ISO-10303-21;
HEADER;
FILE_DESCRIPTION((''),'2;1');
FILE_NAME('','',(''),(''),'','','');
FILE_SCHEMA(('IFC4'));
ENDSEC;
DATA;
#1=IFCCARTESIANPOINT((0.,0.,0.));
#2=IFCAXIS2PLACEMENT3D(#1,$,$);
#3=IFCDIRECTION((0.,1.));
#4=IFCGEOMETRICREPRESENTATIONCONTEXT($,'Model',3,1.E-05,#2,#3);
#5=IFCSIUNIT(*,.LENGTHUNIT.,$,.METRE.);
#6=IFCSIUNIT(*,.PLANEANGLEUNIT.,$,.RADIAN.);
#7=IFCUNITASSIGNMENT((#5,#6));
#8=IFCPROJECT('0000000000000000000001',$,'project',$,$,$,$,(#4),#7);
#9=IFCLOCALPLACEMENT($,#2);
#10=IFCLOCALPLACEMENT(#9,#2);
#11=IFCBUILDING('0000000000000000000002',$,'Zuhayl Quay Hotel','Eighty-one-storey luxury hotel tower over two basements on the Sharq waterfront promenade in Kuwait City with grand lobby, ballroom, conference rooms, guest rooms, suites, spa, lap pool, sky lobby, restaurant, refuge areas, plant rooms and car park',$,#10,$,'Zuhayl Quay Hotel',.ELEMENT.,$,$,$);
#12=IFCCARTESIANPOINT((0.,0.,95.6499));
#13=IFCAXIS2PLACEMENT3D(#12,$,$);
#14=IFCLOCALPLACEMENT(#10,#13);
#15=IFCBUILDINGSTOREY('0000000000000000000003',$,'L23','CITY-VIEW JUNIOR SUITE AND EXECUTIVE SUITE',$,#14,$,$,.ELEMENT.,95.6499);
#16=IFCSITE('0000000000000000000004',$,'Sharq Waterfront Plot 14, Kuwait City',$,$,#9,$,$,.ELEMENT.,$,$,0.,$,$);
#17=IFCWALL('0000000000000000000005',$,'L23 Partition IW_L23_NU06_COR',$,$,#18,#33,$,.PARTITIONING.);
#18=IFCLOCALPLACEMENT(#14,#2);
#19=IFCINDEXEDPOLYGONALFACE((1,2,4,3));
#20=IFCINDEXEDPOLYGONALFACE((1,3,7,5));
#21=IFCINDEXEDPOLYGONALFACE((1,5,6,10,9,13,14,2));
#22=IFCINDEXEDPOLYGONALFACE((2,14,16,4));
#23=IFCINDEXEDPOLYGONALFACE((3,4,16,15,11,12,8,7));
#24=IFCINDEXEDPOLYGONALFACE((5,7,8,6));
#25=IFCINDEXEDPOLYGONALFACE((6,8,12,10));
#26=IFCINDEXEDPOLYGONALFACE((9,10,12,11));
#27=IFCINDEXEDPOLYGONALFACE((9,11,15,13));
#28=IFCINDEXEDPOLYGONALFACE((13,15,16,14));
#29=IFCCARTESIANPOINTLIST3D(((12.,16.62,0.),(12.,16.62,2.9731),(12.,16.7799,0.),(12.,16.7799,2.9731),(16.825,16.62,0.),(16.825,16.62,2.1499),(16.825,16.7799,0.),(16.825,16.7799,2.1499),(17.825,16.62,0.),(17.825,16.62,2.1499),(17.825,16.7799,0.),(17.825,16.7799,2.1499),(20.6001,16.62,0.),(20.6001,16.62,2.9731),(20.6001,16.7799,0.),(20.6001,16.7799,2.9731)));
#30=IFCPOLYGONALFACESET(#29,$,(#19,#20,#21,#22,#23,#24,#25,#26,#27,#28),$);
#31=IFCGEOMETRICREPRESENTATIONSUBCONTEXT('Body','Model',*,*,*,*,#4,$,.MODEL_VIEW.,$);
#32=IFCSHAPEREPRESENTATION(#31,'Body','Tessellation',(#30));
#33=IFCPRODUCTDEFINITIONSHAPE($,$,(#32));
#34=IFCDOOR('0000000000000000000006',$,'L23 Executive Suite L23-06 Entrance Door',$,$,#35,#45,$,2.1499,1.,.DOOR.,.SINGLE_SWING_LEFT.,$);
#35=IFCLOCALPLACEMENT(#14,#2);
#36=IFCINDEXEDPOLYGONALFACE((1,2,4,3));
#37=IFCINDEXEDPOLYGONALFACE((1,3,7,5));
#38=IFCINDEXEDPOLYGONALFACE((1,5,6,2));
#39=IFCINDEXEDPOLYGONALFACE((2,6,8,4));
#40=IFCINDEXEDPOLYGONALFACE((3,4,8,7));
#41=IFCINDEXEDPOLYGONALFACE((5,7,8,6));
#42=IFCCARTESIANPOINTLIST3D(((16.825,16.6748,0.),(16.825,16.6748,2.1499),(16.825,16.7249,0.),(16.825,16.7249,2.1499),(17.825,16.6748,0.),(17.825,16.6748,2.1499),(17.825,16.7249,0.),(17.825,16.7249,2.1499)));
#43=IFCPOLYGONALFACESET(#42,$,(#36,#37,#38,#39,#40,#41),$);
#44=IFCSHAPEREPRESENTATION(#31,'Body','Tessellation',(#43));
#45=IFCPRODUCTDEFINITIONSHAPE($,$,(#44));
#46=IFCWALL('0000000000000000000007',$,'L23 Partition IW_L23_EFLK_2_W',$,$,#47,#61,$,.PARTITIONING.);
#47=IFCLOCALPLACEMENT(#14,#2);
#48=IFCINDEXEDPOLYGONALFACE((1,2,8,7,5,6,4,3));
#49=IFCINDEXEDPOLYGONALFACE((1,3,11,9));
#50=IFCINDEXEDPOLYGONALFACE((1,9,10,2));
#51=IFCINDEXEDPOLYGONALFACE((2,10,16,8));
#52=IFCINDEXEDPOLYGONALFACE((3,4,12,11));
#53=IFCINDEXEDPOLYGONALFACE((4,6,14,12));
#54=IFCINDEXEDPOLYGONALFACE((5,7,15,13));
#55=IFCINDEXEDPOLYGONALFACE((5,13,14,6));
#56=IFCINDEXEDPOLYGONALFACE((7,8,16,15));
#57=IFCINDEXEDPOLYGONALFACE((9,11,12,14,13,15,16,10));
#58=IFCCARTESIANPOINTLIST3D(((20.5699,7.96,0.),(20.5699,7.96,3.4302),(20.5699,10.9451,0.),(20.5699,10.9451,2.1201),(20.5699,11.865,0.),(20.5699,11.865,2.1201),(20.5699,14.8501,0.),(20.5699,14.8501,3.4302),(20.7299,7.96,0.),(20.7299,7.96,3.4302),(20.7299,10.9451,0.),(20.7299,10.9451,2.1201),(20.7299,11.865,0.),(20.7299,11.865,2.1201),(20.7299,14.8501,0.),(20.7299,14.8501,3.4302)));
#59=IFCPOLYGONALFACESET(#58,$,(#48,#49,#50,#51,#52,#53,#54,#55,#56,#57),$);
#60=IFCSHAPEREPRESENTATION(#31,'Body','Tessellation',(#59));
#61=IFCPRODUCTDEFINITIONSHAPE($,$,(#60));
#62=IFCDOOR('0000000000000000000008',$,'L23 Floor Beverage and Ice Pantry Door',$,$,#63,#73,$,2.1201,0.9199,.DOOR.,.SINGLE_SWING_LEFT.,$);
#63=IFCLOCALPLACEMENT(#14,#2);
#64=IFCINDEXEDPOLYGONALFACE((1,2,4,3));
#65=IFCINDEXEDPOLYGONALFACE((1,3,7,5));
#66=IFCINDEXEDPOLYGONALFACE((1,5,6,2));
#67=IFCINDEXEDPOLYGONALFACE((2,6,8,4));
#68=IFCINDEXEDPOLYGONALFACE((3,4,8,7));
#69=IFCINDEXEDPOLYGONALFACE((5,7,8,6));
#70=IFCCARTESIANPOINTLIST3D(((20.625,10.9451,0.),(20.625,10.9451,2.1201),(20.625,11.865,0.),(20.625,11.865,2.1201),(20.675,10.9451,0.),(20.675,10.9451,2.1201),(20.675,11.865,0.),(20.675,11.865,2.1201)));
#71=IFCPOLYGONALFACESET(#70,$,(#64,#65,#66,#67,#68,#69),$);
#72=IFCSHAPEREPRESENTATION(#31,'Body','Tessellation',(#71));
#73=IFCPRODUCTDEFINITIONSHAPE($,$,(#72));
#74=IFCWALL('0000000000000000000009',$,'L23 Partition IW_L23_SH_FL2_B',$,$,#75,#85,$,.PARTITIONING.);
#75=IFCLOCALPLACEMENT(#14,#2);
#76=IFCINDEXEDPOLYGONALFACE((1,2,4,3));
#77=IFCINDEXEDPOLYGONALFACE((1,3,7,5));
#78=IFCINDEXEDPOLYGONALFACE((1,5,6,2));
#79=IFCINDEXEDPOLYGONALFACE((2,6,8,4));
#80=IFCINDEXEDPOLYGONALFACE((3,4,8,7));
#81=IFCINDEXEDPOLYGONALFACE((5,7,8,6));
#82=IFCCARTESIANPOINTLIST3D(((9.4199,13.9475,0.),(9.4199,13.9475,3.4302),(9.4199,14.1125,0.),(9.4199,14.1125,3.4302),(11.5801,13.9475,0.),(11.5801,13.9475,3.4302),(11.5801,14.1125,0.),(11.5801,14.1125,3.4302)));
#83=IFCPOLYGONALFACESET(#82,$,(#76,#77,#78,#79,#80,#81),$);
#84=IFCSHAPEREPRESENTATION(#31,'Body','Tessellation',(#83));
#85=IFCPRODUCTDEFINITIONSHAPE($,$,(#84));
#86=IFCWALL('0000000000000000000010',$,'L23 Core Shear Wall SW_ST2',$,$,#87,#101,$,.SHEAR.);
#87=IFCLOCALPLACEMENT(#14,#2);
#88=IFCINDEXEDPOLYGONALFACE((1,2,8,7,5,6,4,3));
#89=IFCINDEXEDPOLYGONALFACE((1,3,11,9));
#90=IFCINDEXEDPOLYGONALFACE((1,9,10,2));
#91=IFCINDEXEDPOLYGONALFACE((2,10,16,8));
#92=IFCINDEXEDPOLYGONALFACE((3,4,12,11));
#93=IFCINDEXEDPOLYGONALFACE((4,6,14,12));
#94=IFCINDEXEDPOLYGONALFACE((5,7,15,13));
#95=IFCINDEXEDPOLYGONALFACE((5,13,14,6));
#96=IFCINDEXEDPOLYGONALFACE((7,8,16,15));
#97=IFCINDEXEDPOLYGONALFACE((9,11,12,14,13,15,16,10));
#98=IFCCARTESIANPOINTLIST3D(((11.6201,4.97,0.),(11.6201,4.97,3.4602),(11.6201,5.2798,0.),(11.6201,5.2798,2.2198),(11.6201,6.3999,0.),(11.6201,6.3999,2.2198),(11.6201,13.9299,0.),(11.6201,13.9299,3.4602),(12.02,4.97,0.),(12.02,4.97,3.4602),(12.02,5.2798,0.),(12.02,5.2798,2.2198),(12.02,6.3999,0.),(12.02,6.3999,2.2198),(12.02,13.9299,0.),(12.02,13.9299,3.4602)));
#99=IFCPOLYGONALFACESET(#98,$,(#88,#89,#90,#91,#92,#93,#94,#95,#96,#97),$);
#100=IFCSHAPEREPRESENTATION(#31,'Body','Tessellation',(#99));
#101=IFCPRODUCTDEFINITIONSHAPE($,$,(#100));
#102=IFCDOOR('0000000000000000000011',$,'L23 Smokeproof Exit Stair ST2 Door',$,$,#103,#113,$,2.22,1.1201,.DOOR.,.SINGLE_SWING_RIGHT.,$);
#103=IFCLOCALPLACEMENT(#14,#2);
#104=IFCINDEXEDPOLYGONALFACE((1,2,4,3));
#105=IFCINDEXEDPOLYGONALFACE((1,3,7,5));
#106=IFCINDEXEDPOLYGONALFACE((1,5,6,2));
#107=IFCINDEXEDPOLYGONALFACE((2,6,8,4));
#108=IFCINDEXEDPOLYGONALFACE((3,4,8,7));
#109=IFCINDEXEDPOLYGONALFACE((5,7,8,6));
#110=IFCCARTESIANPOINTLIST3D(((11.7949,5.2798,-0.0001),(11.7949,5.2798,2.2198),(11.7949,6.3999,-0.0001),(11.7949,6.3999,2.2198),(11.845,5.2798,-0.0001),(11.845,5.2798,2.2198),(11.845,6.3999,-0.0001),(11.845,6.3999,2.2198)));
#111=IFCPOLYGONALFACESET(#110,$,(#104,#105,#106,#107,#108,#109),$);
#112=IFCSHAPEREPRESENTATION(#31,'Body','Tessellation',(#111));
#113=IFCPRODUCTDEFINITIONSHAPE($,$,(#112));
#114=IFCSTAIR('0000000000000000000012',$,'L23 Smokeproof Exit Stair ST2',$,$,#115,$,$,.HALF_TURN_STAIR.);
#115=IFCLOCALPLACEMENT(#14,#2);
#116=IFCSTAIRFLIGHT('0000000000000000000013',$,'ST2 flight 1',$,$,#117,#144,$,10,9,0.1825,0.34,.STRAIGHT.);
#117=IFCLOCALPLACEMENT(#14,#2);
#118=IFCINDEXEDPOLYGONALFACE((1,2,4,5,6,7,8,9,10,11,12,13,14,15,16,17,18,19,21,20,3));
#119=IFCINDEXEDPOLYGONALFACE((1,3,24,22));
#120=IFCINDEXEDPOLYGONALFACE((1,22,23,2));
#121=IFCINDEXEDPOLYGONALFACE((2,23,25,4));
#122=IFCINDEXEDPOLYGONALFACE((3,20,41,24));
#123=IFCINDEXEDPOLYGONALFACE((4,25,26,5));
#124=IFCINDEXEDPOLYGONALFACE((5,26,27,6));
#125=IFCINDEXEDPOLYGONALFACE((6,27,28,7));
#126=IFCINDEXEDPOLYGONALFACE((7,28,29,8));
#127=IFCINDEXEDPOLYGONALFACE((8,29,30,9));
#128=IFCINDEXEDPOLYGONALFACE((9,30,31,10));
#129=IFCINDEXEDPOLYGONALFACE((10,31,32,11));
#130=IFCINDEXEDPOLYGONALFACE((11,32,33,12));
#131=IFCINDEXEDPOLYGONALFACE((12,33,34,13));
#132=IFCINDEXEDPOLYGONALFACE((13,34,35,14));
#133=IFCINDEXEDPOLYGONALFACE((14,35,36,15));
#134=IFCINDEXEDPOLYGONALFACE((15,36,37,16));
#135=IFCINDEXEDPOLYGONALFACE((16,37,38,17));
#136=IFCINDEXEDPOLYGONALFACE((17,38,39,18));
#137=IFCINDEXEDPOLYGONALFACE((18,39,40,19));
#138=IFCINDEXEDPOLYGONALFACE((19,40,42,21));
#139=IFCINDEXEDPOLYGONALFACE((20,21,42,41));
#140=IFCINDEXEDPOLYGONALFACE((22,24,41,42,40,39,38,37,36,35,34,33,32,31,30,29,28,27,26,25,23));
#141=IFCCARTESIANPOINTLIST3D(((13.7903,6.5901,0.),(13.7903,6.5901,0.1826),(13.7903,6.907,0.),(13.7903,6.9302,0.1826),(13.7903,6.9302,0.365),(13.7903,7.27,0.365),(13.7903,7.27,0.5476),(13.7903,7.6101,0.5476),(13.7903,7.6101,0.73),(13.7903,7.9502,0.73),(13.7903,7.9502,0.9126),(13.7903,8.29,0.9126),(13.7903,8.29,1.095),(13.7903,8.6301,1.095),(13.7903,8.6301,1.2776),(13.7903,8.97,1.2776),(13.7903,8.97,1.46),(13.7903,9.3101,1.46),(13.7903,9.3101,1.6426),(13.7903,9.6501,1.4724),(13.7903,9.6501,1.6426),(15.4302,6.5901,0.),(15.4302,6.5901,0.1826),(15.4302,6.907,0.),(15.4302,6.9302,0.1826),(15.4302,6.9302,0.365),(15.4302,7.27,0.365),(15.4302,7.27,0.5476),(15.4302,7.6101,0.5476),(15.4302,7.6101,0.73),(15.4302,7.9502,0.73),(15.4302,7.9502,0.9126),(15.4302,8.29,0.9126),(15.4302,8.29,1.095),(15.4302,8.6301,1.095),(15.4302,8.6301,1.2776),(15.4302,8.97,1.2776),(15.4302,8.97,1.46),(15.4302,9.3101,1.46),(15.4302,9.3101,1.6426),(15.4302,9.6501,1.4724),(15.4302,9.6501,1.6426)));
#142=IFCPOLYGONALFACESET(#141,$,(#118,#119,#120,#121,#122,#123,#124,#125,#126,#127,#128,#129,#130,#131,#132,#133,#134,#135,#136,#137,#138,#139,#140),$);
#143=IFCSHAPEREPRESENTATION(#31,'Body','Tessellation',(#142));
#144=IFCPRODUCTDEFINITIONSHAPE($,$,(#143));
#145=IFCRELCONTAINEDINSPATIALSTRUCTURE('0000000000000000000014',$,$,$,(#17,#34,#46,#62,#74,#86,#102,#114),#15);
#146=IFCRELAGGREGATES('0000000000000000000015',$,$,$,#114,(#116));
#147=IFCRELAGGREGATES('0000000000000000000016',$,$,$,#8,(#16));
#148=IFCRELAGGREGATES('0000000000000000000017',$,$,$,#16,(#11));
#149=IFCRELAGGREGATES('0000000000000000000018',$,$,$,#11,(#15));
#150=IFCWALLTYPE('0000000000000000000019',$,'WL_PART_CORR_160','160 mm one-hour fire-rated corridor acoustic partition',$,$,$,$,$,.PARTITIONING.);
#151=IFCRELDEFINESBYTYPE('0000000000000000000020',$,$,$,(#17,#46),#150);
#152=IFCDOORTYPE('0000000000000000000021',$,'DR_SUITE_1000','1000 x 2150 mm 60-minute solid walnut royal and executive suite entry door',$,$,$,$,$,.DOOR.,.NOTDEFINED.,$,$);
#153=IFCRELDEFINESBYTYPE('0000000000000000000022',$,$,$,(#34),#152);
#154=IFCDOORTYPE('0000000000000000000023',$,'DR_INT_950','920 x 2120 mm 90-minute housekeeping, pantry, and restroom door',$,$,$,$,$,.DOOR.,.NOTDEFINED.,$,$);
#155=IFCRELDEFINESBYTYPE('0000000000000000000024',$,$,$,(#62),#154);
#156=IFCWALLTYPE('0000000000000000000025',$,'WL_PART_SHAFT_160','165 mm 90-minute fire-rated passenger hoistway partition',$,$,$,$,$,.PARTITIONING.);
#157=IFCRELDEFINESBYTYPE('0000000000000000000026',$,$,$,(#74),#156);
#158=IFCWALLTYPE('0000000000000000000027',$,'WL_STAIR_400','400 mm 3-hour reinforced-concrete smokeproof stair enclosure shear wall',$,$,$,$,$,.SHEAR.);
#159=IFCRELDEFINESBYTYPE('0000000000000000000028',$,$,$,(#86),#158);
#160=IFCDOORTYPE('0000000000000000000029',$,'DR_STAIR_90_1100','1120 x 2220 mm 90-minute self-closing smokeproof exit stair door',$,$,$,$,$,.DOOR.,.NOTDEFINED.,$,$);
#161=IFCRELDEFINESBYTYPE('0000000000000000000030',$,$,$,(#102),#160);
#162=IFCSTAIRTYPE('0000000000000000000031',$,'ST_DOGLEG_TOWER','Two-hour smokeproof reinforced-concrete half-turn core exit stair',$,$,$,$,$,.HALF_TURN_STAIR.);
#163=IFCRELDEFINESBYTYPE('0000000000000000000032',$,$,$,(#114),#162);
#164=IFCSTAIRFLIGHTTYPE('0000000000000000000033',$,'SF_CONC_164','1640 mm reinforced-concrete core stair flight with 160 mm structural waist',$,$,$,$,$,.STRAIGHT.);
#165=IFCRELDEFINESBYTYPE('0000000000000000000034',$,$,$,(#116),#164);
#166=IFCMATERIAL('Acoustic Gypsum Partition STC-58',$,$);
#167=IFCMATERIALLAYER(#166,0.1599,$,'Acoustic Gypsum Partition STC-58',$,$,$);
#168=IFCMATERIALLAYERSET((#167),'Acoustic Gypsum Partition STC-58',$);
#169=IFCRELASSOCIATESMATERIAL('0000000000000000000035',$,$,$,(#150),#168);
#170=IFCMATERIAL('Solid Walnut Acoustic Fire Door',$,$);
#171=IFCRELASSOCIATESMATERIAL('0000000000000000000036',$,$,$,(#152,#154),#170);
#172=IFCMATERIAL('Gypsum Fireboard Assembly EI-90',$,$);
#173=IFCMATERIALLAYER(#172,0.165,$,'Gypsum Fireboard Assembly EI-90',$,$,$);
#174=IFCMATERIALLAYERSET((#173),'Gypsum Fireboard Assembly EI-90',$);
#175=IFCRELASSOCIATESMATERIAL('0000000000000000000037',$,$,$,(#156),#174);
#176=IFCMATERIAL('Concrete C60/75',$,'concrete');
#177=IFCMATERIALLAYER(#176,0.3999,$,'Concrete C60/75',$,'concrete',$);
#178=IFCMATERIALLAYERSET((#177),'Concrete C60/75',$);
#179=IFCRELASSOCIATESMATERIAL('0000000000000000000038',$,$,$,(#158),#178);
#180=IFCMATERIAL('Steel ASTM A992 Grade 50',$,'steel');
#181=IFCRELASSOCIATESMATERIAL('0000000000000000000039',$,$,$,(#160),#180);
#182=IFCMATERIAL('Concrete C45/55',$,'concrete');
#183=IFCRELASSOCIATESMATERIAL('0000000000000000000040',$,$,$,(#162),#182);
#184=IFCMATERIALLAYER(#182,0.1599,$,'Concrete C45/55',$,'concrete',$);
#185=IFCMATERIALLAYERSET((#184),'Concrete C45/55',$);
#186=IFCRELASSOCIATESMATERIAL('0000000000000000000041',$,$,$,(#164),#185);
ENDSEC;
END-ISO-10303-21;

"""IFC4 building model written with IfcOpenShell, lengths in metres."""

from ifc_helpers import new_model, si_unit, direction, frame, frame_2d, origin, place, context, subcontext, project, spatial, polyline, rectangle, outline, extrude, material, layer, layer_set, type_object, element, fill, aggregate, save


model = new_model("IFC4")

# Units and contexts
model_context = context("Model", 3, precision=1e-05, world=origin(), true_north=direction((0.0, 1.0)))
body_context = subcontext(model_context, "Body", "Model", "MODEL_VIEW")
ifc_project = project(units=[si_unit("LENGTHUNIT", "METRE"), si_unit("PLANEANGLEUNIT", "RADIAN")], contexts=[model_context])

# Site, building, storey
site_placement = place(None, origin())
site = spatial("IfcSite", under=ifc_project, at=site_placement, Name="Sharq Waterfront Plot 14, Kuwait City", CompositionType="ELEMENT", RefElevation=0.0)
building_placement = place(site_placement, origin())
building = spatial("IfcBuilding", under=site, at=building_placement, Name="Zuhayl Quay Hotel", Description="Eighty-one-storey luxury hotel tower over two basements on the Sharq waterfront promenade in Kuwait City with grand lobby, ballroom, conference rooms, guest rooms, suites, spa, lap pool, sky lobby, restaurant, refuge areas, plant rooms and car park", LongName="Zuhayl Quay Hotel", CompositionType="ELEMENT")
storey_placement = place(building_placement, frame((0.0, 0.0, 95.6499)))
storey = spatial("IfcBuildingStorey", under=building, at=storey_placement, Name="L23", Description="CITY-VIEW JUNIOR SUITE AND EXECUTIVE SUITE", CompositionType="ELEMENT", Elevation=95.6499)

# Shared definitions
ifc_material_1 = material(Name="Concrete C60/75", Category="concrete")

# Shared definitions
ifc_material_2 = material(Name="Acoustic Gypsum Partition STC-58")

# Walls, openings, doors
ifc_layer_1 = layer(ifc_material_2, 0.1599, Name="Acoustic Gypsum Partition STC-58")
ifc_layer_set_1 = layer_set([ifc_layer_1], Name="Acoustic Gypsum Partition STC-58")
wall_type_1 = type_object("IfcWallType", Name="WL_PART_CORR_160", Description="160 mm one-hour fire-rated corridor acoustic partition", PredefinedType="PARTITIONING", material=ifc_layer_set_1)
wall_1_placement = place(storey_placement, frame((12.0, 16.7, 0.0), z_axis=(0.0, 0.0, 1.0), x_axis=(1.0, 0.0, 0.0)))
wall_1 = element("IfcWall", 1, at=wall_1_placement, inside=storey, type_object=wall_type_1, Name="L23 Partition IW_L23_NU06_COR", PredefinedType="PARTITIONING", context=body_context, shape_type="SweptSolid", body=[
    extrude(rectangle(XDim=8.6001, YDim=0.1599, at=frame_2d((4.3, 0.0))), origin(), (0.0, 0.0, 1.0), 2.9731),
])
opening_1_placement = place(wall_1_placement, frame((4.825, 0.0, 0.0)))
opening_1 = element("IfcOpeningElement", 2, at=opening_1_placement, cuts=wall_1, PredefinedType="OPENING", context=body_context, shape_type="SweptSolid", body=[
    extrude(rectangle(XDim=1.0, YDim=2.1499, at=frame_2d((0.5, 1.075))), frame((0.0, 0.0898, 0.0), z_axis=(0.0, -1.0, 0.0), x_axis=(1.0, 0.0, 0.0)), (0.0, 0.0, 1.0), 0.1799),
])
ifc_material_3 = material(Name="Solid Walnut Acoustic Fire Door")
door_type_1 = type_object("IfcDoorType", Name="DR_SUITE_1000", Description="1000 x 2150 mm 60-minute solid walnut royal and executive suite entry door", OperationType="NOTDEFINED", PredefinedType="DOOR", material=ifc_material_3)
door_1_placement = place(opening_1_placement, origin())
door_1 = element("IfcDoor", 3, at=door_1_placement, inside=storey, type_object=door_type_1, Name="L23 Executive Suite L23-06 Entrance Door", OperationType="SINGLE_SWING_LEFT", OverallHeight=2.1499, OverallWidth=1.0, PredefinedType="DOOR", context=body_context, shape_type="SweptSolid", body=[
    extrude(rectangle(XDim=1.0, YDim=2.1499, at=frame_2d((0.5, 1.075))), frame((0.0, 0.0249, 0.0), z_axis=(0.0, -1.0, 0.0), x_axis=(1.0, 0.0, 0.0)), (0.0, 0.0, 1.0), 0.05),
])
fill(opening_1, door_1)
wall_2_placement = place(storey_placement, frame((20.6499, 7.96, 0.0), z_axis=(0.0, 0.0, 1.0), x_axis=(0.0, 1.0, 0.0)))
wall_2 = element("IfcWall", 4, at=wall_2_placement, inside=storey, type_object=wall_type_1, Name="L23 Partition IW_L23_EFLK_2_W", PredefinedType="PARTITIONING", context=body_context, shape_type="SweptSolid", body=[
    extrude(rectangle(XDim=6.8901, YDim=0.1599, at=frame_2d((3.4451, 0.0))), origin(), (0.0, 0.0, 1.0), 3.4302),
])
opening_2_placement = place(wall_2_placement, frame((2.9851, 0.0, 0.0)))
opening_2 = element("IfcOpeningElement", 5, at=opening_2_placement, cuts=wall_2, PredefinedType="OPENING", context=body_context, shape_type="SweptSolid", body=[
    extrude(rectangle(XDim=0.9199, YDim=2.1201, at=frame_2d((0.46, 1.0601))), frame((0.0, 0.0898, 0.0), z_axis=(0.0, -1.0, 0.0), x_axis=(1.0, 0.0, 0.0)), (0.0, 0.0, 1.0), 0.1799),
])
door_type_2 = type_object("IfcDoorType", Name="DR_INT_950", Description="920 x 2120 mm 90-minute housekeeping, pantry, and restroom door", OperationType="NOTDEFINED", PredefinedType="DOOR", material=ifc_material_3)
door_2_placement = place(opening_2_placement, origin())
door_2 = element("IfcDoor", 6, at=door_2_placement, inside=storey, type_object=door_type_2, Name="L23 Floor Beverage and Ice Pantry Door", OperationType="SINGLE_SWING_LEFT", OverallHeight=2.1201, OverallWidth=0.9199, PredefinedType="DOOR", context=body_context, shape_type="SweptSolid", body=[
    extrude(rectangle(XDim=0.9199, YDim=2.1201, at=frame_2d((0.46, 1.0601))), frame((0.0, 0.0249, 0.0), z_axis=(0.0, -1.0, 0.0), x_axis=(1.0, 0.0, 0.0)), (0.0, 0.0, 1.0), 0.05),
])
fill(opening_2, door_2)

# Wall
ifc_material_4 = material(Name="Gypsum Fireboard Assembly EI-90")
ifc_layer_2 = layer(ifc_material_4, 0.165, Name="Gypsum Fireboard Assembly EI-90")
ifc_layer_set_2 = layer_set([ifc_layer_2], Name="Gypsum Fireboard Assembly EI-90")
wall_type_2 = type_object("IfcWallType", Name="WL_PART_SHAFT_160", Description="165 mm 90-minute fire-rated passenger hoistway partition", PredefinedType="PARTITIONING", material=ifc_layer_set_2)
wall_3_placement = place(storey_placement, frame((9.4199, 14.03, 0.0), z_axis=(0.0, 0.0, 1.0), x_axis=(1.0, 0.0, 0.0)))
element("IfcWall", 7, at=wall_3_placement, inside=storey, type_object=wall_type_2, Name="L23 Partition IW_L23_SH_FL2_B", PredefinedType="PARTITIONING", context=body_context, shape_type="SweptSolid", body=[
    extrude(rectangle(XDim=2.1602, YDim=0.165, at=frame_2d((1.0801, 0.0))), origin(), (0.0, 0.0, 1.0), 3.4302),
])

# Wall, opening, door
ifc_layer_3 = layer(ifc_material_1, 0.3999, Name="Concrete C60/75", Category="concrete")
ifc_layer_set_3 = layer_set([ifc_layer_3], Name="Concrete C60/75")
wall_type_3 = type_object("IfcWallType", Name="WL_STAIR_400", Description="400 mm 3-hour reinforced-concrete smokeproof stair enclosure shear wall", PredefinedType="SHEAR", material=ifc_layer_set_3)
wall_4_placement = place(storey_placement, frame((11.8201, 13.9299, 0.0), z_axis=(0.0, 0.0, 1.0), x_axis=(0.0, -1.0, 0.0)))
wall_4 = element("IfcWall", 8, at=wall_4_placement, inside=storey, type_object=wall_type_3, Name="L23 Core Shear Wall SW_ST2", PredefinedType="SHEAR", context=body_context, shape_type="SweptSolid", body=[
    extrude(rectangle(XDim=8.96, YDim=0.3999, at=frame_2d((4.48, 0.0))), origin(), (0.0, 0.0, 1.0), 3.4602),
])
opening_3_placement = place(wall_4_placement, frame((7.53, 0.0, 0.0)))
opening_3 = element("IfcOpeningElement", 9, at=opening_3_placement, cuts=wall_4, PredefinedType="OPENING", context=body_context, shape_type="SweptSolid", body=[
    extrude(rectangle(XDim=1.1201, YDim=2.22, at=frame_2d((0.5601, 1.1099))), frame((0.0, 0.21, 0.0), z_axis=(0.0, -1.0, 0.0), x_axis=(1.0, 0.0, 0.0)), (0.0, 0.0, 1.0), 0.4199),
])
ifc_material_5 = material(Name="Steel ASTM A992 Grade 50", Category="steel")
door_type_3 = type_object("IfcDoorType", Name="DR_STAIR_90_1100", Description="1120 x 2220 mm 90-minute self-closing smokeproof exit stair door", OperationType="NOTDEFINED", PredefinedType="DOOR", material=ifc_material_5)
door_3_placement = place(opening_3_placement, origin())
door_3 = element("IfcDoor", 10, at=door_3_placement, inside=storey, type_object=door_type_3, Name="L23 Smokeproof Exit Stair ST2 Door", OperationType="SINGLE_SWING_RIGHT", OverallHeight=2.22, OverallWidth=1.1201, PredefinedType="DOOR", context=body_context, shape_type="SweptSolid", body=[
    extrude(rectangle(XDim=1.1201, YDim=2.22, at=frame_2d((0.5601, 1.1099))), frame((0.0, 0.0249, 0.0), z_axis=(0.0, -1.0, 0.0), x_axis=(1.0, 0.0, 0.0)), (0.0, 0.0, 1.0), 0.05),
])
fill(opening_3, door_3)

# Stair, stair flight
ifc_material_6 = material(Name="Concrete C45/55", Category="concrete")
stair_type = type_object("IfcStairType", Name="ST_DOGLEG_TOWER", Description="Two-hour smokeproof reinforced-concrete half-turn core exit stair", PredefinedType="HALF_TURN_STAIR", material=ifc_material_6)
stair_placement = place(storey_placement, origin())
stair = element("IfcStair", 11, at=stair_placement, inside=storey, type_object=stair_type, Name="L23 Smokeproof Exit Stair ST2", PredefinedType="HALF_TURN_STAIR")
ifc_layer_4 = layer(ifc_material_6, 0.1599, Name="Concrete C45/55", Category="concrete")
ifc_layer_set_4 = layer_set([ifc_layer_4], Name="Concrete C45/55")
stair_flight_type = type_object("IfcStairFlightType", Name="SF_CONC_164", Description="1640 mm reinforced-concrete core stair flight with 160 mm structural waist", PredefinedType="STRAIGHT", material=ifc_layer_set_4)
stair_flight_1_placement = place(storey_placement, frame((14.6101, 6.5901, 0.0), z_axis=(0.0, 0.0, 1.0), x_axis=(0.0, 1.0, 0.0)))
stair_flight_1 = element("IfcStairFlight", 12, at=stair_flight_1_placement, type_object=stair_flight_type, Name="ST2 flight 1", NumberOfRisers=10, NumberOfTreads=9, PredefinedType="STRAIGHT", RiserHeight=0.1825, TreadLength=0.34, context=body_context, shape_type="SweptSolid", body=[
    extrude(outline(polyline([(0.0, 0.0), (0.0, 0.1826), (0.3401, 0.1826), (0.3401, 0.365), (0.6799, 0.365), (0.6799, 0.5476), (1.02, 0.5476), (1.02, 0.73), (1.3601, 0.73), (1.3601, 0.9126), (1.7, 0.9126), (1.7, 1.095), (2.04, 1.095), (2.04, 1.2776), (2.3799, 1.2776), (2.3799, 1.46), (2.72, 1.46), (2.72, 1.6426), (3.0601, 1.6426), (3.0601, 1.825), (3.0601, 1.4724), (0.3169, 0.0), (0.0, 0.0)])), frame((0.0, 0.8198, 0.0), z_axis=(0.0, -1.0, 0.0), x_axis=(1.0, 0.0, 0.0)), (0.0, 0.0, 1.0), 1.6399),
])
aggregate(stair, [stair_flight_1])

save(model, "model.ifc")
